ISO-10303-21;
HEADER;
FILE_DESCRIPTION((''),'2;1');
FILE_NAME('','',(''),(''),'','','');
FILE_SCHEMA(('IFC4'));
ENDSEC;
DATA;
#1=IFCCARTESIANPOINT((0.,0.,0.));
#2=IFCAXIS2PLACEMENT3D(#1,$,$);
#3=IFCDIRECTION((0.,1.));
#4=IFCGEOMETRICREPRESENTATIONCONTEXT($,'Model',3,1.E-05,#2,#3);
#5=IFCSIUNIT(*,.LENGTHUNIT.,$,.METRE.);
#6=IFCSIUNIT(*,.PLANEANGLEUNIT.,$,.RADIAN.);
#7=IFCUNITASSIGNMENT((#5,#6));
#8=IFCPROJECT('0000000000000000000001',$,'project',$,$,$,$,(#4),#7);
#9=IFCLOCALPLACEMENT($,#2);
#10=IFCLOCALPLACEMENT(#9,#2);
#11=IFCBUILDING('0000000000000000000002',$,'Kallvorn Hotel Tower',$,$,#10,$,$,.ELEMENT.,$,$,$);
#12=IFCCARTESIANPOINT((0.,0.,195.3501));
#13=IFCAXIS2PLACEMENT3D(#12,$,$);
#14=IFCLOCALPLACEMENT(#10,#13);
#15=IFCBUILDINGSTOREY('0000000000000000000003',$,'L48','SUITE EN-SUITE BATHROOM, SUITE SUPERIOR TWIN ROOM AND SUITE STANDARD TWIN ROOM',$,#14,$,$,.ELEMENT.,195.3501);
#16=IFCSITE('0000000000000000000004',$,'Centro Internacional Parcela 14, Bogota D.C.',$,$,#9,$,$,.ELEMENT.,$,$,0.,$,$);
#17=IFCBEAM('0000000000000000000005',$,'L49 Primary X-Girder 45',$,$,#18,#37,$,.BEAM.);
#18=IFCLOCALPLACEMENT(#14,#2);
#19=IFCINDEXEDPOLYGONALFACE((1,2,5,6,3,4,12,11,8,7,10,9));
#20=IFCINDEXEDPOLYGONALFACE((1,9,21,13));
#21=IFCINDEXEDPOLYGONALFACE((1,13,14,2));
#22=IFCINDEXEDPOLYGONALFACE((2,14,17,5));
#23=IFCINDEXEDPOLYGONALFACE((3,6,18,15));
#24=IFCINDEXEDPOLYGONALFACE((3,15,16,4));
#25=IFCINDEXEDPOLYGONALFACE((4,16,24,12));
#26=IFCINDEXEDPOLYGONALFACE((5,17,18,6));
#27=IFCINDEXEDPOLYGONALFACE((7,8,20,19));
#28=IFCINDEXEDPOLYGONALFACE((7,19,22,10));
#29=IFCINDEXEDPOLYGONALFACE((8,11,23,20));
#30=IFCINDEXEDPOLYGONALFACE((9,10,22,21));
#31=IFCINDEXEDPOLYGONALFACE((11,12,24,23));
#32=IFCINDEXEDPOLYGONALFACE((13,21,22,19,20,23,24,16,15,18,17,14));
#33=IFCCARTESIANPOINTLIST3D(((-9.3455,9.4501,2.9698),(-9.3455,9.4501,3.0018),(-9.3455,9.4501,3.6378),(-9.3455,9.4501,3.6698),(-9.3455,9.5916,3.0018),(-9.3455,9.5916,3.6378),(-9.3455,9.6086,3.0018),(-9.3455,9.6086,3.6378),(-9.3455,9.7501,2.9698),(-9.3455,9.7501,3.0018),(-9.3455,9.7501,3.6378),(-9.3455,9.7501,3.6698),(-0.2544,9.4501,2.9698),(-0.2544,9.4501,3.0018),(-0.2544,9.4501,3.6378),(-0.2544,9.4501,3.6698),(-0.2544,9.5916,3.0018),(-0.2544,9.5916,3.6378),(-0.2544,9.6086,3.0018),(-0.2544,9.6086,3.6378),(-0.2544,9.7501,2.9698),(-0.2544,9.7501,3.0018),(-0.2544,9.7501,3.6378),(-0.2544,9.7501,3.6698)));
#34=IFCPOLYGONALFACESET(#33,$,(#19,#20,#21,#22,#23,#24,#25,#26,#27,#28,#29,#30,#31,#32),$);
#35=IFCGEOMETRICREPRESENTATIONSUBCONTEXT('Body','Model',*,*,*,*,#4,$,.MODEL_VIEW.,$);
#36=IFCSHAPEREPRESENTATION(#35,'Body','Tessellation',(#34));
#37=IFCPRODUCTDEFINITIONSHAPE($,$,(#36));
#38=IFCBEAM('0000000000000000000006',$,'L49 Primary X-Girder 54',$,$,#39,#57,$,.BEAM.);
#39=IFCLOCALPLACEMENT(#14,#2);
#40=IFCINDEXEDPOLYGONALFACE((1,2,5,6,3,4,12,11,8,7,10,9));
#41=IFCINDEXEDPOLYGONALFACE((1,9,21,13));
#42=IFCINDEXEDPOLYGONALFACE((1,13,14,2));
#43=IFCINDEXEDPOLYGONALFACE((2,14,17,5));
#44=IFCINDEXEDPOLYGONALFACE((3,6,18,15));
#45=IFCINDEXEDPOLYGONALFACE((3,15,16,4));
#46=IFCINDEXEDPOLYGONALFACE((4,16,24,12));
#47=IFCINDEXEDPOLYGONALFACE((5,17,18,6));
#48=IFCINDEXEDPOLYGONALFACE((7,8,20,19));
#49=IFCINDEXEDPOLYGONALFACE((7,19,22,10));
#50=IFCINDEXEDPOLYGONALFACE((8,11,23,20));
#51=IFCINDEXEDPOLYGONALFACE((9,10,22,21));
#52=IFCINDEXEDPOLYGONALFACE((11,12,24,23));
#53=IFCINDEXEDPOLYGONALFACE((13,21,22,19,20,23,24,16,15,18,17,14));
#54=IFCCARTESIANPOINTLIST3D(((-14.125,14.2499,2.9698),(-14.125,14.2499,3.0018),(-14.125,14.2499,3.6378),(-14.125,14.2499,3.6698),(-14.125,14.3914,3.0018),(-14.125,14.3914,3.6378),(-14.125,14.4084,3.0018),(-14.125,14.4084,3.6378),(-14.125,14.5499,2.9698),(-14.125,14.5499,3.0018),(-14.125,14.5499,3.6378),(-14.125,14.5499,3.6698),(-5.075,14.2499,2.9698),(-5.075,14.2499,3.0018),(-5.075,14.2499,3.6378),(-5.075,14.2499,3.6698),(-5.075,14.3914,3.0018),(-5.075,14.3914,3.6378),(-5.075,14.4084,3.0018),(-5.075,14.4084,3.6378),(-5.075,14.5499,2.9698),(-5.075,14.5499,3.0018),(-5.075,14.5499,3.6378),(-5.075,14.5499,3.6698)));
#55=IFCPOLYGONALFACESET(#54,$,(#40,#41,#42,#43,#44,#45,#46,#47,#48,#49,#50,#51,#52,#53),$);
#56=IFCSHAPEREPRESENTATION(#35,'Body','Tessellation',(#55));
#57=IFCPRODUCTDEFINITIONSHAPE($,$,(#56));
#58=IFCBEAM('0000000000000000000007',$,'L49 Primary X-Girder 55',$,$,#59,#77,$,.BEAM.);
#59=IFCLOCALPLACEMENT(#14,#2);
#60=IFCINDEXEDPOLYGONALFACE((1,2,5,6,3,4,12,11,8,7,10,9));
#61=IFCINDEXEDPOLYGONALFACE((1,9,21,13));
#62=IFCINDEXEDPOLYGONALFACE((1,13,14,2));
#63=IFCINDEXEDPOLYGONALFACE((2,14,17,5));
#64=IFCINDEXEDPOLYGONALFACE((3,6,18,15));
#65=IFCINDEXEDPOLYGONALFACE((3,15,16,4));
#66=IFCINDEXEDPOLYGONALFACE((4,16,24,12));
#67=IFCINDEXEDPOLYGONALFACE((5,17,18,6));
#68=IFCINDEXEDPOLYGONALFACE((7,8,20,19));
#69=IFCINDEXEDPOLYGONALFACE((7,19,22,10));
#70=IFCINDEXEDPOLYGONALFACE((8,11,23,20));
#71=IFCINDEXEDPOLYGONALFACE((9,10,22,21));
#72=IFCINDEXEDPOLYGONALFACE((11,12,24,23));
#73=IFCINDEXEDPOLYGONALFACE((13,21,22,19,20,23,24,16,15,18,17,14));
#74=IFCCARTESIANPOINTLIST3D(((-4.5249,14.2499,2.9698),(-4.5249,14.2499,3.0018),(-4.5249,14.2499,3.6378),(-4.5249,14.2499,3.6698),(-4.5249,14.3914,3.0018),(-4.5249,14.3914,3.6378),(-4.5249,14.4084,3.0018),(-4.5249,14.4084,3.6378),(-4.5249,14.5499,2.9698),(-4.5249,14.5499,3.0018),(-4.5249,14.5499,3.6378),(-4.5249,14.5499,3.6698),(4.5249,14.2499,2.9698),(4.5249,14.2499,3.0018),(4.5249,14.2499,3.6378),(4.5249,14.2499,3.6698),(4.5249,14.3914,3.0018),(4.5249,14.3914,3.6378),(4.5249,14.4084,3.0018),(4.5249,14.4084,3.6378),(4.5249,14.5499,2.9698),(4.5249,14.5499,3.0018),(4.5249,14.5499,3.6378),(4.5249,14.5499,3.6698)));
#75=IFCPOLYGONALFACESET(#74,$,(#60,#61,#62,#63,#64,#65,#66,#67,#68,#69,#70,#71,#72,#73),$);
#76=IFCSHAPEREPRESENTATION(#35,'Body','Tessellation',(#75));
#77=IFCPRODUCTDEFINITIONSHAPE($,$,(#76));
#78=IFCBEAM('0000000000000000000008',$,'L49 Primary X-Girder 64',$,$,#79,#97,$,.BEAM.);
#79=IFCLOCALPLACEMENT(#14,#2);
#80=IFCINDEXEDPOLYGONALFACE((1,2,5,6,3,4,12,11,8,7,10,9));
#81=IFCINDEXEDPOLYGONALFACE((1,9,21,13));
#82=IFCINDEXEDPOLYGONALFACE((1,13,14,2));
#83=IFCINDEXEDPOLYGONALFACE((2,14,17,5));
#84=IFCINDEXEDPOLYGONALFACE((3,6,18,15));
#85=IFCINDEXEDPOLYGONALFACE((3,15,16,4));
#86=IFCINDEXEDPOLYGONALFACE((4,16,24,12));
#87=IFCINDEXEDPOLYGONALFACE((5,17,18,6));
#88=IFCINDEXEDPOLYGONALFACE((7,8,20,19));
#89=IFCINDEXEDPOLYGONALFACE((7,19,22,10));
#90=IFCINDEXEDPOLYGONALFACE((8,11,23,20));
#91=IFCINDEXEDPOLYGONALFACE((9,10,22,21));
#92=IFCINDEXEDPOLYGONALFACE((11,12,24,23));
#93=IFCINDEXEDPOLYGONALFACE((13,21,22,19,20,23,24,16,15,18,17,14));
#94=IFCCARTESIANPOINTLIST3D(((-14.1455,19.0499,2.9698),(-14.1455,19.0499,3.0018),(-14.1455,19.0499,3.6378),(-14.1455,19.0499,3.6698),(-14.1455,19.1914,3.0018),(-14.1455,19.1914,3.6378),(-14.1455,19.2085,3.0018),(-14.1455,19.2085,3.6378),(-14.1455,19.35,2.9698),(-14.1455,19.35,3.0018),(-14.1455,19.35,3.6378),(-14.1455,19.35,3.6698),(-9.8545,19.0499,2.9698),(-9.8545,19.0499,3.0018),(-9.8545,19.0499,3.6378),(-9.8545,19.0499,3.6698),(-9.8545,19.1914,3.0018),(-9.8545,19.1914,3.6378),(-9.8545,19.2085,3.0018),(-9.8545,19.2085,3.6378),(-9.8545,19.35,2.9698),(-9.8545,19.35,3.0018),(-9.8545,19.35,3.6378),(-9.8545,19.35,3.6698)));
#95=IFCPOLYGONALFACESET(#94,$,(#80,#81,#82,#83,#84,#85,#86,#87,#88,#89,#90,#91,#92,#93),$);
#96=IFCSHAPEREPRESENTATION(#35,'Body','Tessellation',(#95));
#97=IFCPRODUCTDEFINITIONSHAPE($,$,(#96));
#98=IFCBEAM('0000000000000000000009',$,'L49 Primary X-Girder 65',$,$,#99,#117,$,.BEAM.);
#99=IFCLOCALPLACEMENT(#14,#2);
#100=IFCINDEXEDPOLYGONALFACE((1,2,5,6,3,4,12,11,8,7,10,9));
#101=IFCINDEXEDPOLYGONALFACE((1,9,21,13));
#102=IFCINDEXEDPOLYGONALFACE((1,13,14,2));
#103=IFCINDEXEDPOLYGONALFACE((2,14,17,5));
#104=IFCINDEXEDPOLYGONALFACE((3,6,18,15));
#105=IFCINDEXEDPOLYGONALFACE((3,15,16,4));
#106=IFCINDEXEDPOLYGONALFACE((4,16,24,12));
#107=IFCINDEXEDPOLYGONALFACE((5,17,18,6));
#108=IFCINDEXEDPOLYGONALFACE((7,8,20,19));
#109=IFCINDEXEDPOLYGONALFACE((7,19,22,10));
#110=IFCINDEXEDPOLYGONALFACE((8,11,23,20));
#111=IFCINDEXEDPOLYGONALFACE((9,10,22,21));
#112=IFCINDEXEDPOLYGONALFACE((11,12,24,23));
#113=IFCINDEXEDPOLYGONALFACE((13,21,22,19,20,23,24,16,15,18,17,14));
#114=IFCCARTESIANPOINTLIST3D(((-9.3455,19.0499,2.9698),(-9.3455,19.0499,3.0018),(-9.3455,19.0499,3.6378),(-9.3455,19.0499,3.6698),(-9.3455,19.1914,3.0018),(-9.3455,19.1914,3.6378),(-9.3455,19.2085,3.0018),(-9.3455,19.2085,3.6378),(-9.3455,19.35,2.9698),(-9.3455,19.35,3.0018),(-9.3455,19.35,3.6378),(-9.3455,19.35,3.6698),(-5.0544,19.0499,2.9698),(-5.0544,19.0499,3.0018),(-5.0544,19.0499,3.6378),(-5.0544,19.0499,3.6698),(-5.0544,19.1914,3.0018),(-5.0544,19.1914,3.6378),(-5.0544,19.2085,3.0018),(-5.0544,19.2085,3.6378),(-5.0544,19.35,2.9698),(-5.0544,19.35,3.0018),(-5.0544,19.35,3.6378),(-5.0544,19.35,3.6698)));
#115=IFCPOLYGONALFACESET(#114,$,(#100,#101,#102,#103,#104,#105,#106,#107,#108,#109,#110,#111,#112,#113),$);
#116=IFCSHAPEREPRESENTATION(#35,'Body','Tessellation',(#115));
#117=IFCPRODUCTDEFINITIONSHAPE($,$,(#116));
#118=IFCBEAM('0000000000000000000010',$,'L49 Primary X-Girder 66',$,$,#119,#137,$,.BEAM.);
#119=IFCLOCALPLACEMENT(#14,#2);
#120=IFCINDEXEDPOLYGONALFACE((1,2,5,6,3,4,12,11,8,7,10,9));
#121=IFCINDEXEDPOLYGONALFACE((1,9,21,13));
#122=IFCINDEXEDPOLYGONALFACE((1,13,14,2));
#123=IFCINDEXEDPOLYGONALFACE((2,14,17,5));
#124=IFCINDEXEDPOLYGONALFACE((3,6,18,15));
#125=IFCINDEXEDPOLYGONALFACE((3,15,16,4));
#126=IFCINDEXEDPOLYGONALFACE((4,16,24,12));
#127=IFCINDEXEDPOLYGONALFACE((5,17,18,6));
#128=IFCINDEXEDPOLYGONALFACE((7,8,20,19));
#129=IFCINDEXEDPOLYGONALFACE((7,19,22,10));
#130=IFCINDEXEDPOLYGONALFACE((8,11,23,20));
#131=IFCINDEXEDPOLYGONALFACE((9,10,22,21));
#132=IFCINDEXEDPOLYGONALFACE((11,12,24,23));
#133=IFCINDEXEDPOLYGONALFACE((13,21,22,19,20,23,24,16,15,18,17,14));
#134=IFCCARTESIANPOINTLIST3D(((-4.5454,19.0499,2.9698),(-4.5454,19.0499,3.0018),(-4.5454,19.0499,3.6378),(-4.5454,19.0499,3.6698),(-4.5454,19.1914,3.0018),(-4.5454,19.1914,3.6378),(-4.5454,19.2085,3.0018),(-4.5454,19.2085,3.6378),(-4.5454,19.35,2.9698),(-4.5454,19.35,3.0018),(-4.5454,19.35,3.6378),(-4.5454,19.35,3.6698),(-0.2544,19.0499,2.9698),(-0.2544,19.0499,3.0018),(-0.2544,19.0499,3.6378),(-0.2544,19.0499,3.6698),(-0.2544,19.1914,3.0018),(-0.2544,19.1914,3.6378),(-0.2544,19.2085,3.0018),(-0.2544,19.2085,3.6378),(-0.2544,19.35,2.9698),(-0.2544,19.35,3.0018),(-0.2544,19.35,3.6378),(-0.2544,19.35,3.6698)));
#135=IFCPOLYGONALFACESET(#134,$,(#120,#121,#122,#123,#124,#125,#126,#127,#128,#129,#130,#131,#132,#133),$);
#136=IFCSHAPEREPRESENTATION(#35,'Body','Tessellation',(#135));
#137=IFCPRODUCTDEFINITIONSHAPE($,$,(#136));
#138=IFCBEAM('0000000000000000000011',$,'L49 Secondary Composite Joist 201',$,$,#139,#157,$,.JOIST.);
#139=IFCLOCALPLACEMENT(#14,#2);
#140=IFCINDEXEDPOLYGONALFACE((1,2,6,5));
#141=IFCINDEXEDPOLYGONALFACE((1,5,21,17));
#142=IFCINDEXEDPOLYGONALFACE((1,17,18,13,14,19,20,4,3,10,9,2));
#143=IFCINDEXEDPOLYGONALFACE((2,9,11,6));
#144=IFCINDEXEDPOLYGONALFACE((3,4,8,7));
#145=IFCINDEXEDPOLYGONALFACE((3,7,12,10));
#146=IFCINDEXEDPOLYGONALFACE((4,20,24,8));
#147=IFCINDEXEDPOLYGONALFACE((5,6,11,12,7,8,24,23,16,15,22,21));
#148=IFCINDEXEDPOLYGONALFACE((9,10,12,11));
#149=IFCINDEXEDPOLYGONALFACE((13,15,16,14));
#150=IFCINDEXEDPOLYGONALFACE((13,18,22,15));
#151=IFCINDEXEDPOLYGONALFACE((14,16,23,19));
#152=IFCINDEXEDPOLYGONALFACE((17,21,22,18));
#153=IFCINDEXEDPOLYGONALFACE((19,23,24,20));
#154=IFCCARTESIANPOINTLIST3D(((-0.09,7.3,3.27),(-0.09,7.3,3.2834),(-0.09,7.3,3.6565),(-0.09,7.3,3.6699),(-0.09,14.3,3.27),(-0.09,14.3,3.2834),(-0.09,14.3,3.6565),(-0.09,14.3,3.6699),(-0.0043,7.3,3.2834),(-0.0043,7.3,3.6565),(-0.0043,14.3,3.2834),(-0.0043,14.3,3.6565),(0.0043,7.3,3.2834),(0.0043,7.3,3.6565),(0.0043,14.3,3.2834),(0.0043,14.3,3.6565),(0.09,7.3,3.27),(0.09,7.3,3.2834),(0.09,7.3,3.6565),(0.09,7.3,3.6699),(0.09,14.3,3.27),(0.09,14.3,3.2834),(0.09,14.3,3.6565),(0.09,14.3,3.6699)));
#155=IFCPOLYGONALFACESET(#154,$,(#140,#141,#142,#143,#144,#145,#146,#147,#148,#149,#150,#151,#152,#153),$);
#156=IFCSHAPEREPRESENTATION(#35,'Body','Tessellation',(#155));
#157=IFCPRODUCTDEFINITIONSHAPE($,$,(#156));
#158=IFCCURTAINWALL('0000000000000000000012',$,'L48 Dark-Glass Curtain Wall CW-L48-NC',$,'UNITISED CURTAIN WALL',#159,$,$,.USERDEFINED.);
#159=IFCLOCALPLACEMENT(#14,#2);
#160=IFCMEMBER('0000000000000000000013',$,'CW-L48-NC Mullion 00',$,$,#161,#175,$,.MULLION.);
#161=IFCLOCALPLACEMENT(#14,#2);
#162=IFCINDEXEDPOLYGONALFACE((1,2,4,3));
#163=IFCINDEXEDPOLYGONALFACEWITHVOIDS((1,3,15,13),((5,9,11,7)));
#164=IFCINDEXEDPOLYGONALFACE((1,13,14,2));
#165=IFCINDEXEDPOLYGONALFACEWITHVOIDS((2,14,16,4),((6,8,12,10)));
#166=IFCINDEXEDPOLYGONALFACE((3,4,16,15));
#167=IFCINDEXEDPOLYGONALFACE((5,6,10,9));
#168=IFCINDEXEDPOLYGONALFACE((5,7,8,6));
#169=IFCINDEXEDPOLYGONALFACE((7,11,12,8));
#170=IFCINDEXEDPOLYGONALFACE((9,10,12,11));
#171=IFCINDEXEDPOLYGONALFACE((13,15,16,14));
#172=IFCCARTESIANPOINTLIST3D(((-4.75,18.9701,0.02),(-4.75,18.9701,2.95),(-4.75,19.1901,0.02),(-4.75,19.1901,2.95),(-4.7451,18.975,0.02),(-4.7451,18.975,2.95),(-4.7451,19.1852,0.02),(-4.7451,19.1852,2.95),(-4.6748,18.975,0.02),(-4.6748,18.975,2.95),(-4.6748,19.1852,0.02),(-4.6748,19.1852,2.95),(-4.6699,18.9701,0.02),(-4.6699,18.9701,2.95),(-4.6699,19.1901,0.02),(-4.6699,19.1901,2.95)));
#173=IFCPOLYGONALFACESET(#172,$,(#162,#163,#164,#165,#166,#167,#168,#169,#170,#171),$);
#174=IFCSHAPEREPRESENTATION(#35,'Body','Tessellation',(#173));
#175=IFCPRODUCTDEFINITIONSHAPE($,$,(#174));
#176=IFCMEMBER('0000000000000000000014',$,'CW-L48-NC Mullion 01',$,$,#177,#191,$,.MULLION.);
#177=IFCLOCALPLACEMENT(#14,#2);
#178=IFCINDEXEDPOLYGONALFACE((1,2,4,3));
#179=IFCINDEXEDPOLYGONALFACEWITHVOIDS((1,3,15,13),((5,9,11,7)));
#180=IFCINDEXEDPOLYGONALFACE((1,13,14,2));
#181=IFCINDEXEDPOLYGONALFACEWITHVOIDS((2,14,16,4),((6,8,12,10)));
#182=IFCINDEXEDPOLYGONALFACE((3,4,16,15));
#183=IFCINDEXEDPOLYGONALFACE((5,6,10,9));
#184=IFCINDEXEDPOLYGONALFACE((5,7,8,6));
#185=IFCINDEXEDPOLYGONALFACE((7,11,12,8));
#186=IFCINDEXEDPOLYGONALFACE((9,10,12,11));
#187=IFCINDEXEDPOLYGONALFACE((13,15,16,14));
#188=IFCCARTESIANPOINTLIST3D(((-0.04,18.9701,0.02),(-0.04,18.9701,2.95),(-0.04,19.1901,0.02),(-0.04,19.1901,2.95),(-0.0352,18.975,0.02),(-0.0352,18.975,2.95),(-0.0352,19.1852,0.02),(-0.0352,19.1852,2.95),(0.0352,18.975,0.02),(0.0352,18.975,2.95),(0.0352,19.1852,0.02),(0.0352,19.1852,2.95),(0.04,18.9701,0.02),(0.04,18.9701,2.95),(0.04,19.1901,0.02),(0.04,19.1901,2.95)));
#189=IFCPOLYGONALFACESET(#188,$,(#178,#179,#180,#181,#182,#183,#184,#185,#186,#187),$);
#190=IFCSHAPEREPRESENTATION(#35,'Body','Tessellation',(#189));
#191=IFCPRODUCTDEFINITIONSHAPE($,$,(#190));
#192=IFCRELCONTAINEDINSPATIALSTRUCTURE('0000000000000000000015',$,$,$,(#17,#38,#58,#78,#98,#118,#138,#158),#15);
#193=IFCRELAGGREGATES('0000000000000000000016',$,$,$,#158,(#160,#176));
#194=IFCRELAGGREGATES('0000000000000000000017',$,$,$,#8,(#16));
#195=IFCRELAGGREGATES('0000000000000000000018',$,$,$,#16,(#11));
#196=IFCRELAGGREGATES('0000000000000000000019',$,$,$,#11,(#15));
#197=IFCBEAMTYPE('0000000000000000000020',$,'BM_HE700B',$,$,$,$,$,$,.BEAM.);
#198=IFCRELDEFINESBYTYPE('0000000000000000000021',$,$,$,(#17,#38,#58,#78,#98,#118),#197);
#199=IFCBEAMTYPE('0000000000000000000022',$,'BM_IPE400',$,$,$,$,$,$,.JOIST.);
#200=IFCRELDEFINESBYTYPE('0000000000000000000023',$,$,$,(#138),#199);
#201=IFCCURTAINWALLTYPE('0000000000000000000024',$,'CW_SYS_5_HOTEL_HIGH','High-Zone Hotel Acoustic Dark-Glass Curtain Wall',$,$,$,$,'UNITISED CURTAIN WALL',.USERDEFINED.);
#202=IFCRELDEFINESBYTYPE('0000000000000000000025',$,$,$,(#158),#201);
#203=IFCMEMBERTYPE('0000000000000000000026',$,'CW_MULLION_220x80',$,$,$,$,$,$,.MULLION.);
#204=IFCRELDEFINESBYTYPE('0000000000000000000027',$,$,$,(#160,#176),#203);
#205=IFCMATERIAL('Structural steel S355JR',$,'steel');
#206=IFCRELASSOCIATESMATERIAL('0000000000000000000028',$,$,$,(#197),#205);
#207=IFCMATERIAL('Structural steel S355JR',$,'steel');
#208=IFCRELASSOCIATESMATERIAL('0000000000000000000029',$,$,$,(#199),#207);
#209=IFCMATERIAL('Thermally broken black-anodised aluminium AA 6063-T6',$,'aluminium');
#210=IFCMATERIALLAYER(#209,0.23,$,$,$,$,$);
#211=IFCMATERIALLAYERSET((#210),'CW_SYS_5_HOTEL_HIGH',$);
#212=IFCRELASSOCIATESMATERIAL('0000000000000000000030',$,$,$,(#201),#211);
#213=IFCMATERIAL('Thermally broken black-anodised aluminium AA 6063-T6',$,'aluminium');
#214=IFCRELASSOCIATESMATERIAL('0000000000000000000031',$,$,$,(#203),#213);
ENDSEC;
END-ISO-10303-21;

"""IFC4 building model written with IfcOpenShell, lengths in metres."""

from ifc_helpers import new_model, si_unit, direction, frame, origin, origin_2d, place, context, subcontext, project, spatial, hollow_rectangle, i_section, extrude, material, layer, layer_set, material_profile, profile_set, type_object, element, aggregate, save


model = new_model("IFC4")

# Units and contexts
model_context = context("Model", 3, precision=1e-05, world=origin(), true_north=direction((0.0, 1.0)))
body_context = subcontext(model_context, "Body", "Model", "MODEL_VIEW")
ifc_project = project(units=[si_unit("LENGTHUNIT", "METRE"), si_unit("PLANEANGLEUNIT", "RADIAN")], contexts=[model_context])

# Site, building, storey
site_placement = place(None, origin())
site = spatial("IfcSite", under=ifc_project, at=site_placement, Name="Centro Internacional Parcela 14, Bogota D.C.", CompositionType="ELEMENT", RefElevation=0.0)
building_placement = place(site_placement, origin())
building = spatial("IfcBuilding", under=site, at=building_placement, Name="Kallvorn Hotel Tower", CompositionType="ELEMENT")
storey_placement = place(building_placement, frame((0.0, 0.0, 195.3501)))
storey = spatial("IfcBuildingStorey", under=building, at=storey_placement, Name="L48", Description="SUITE EN-SUITE BATHROOM, SUITE SUPERIOR TWIN ROOM AND SUITE STANDARD TWIN ROOM", CompositionType="ELEMENT", Elevation=195.3501)

# Beams
ifc_material_1 = material(Name="Structural steel S355JR", Category="steel")
ifc_material_profile_1 = material_profile(ifc_material_1, i_section(OverallWidth=0.3, OverallDepth=0.7, WebThickness=0.0171, FlangeThickness=0.032, at=origin_2d()), Name="HE 700 B")
ifc_profile_set_1 = profile_set([ifc_material_profile_1], Name="Structural steel S355JR")
beam_type_1 = type_object("IfcBeamType", Name="BM_HE700B", PredefinedType="BEAM", material=ifc_profile_set_1)
beam_1_placement = place(storey_placement, frame((-9.3455, 9.6001, 3.3198), z_axis=(1.0, 0.0, 0.0), x_axis=(0.0, 1.0, 0.0)))
element("IfcBeam", 1, at=beam_1_placement, inside=storey, type_object=beam_type_1, Name="L49 Primary X-Girder 45", PredefinedType="BEAM", context=body_context, shape_type="SweptSolid", body=[
    extrude(i_section(OverallWidth=0.3, OverallDepth=0.7, WebThickness=0.0171, FlangeThickness=0.032, at=origin_2d()), origin(), (0.0, 0.0, 1.0), 9.0911),
])
beam_2_placement = place(storey_placement, frame((-14.125, 14.3999, 3.3198), z_axis=(1.0, 0.0, 0.0), x_axis=(0.0, 1.0, 0.0)))
element("IfcBeam", 2, at=beam_2_placement, inside=storey, type_object=beam_type_1, Name="L49 Primary X-Girder 54", PredefinedType="BEAM", context=body_context, shape_type="SweptSolid", body=[
    extrude(i_section(OverallWidth=0.3, OverallDepth=0.7, WebThickness=0.0171, FlangeThickness=0.032, at=origin_2d()), origin(), (0.0, 0.0, 1.0), 9.05),
])
beam_3_placement = place(storey_placement, frame((-4.5249, 14.3999, 3.3198), z_axis=(1.0, 0.0, 0.0), x_axis=(0.0, 1.0, 0.0)))
element("IfcBeam", 3, at=beam_3_placement, inside=storey, type_object=beam_type_1, Name="L49 Primary X-Girder 55", PredefinedType="BEAM", context=body_context, shape_type="SweptSolid", body=[
    extrude(i_section(OverallWidth=0.3, OverallDepth=0.7, WebThickness=0.0171, FlangeThickness=0.032, at=origin_2d()), origin(), (0.0, 0.0, 1.0), 9.0498),
])
for number, where, z_axis, x_axis, name in (
    (4, (-14.1455, 19.2, 3.3198), (1.0, 0.0, 0.0), (0.0, 1.0, 0.0), "L49 Primary X-Girder 64"),
    (5, (-9.3455, 19.2, 3.3198), (1.0, 0.0, 0.0), (0.0, 1.0, 0.0), "L49 Primary X-Girder 65"),
    (6, (-4.5454, 19.2, 3.3198), (1.0, 0.0, 0.0), (0.0, 1.0, 0.0), "L49 Primary X-Girder 66"),
):
    element("IfcBeam", number, at=place(storey_placement, frame(where, z_axis=z_axis, x_axis=x_axis)), inside=storey, type_object=beam_type_1, Name=name, PredefinedType="BEAM", context=body_context, shape_type="SweptSolid", body=[
        extrude(i_section(OverallWidth=0.3, OverallDepth=0.7, WebThickness=0.0171, FlangeThickness=0.032, at=origin_2d()), origin(), (0.0, 0.0, 1.0), 4.291),
    ])
ifc_material_2 = material(Name="Structural steel S355JR", Category="steel")
ifc_material_profile_2 = material_profile(ifc_material_2, i_section(OverallWidth=0.1799, OverallDepth=0.3999, WebThickness=0.0085, FlangeThickness=0.0134, at=origin_2d()), Name="IPE 400")
ifc_profile_set_2 = profile_set([ifc_material_profile_2], Name="Structural steel S355JR")
beam_type_2 = type_object("IfcBeamType", Name="BM_IPE400", PredefinedType="JOIST", material=ifc_profile_set_2)
beam_4_placement = place(storey_placement, frame((0.0, 7.3, 3.47), z_axis=(0.0, 1.0, 0.0), x_axis=(-1.0, 0.0, 0.0)))
element("IfcBeam", 7, at=beam_4_placement, inside=storey, type_object=beam_type_2, Name="L49 Secondary Composite Joist 201", PredefinedType="JOIST", context=body_context, shape_type="SweptSolid", body=[
    extrude(i_section(OverallWidth=0.1799, OverallDepth=0.3999, WebThickness=0.0085, FlangeThickness=0.0134, at=origin_2d()), origin(), (0.0, 0.0, 1.0), 7.0),
])

# Curtain wall, members
ifc_material_3 = material(Name="Thermally broken black-anodised aluminium AA 6063-T6", Category="aluminium")
ifc_layer_1 = layer(ifc_material_3, 0.23)
ifc_layer_set_1 = layer_set([ifc_layer_1], Name="CW_SYS_5_HOTEL_HIGH")
curtain_wall_type = type_object("IfcCurtainWallType", Name="CW_SYS_5_HOTEL_HIGH", Description="High-Zone Hotel Acoustic Dark-Glass Curtain Wall", ElementType="UNITISED CURTAIN WALL", PredefinedType="USERDEFINED", material=ifc_layer_set_1)
curtain_wall_placement = place(storey_placement, origin())
curtain_wall = element("IfcCurtainWall", 8, at=curtain_wall_placement, inside=storey, type_object=curtain_wall_type, Name="L48 Dark-Glass Curtain Wall CW-L48-NC", ObjectType="UNITISED CURTAIN WALL", PredefinedType="USERDEFINED")
ifc_material_4 = material(Name="Thermally broken black-anodised aluminium AA 6063-T6", Category="aluminium")
ifc_material_profile_3 = material_profile(ifc_material_4, hollow_rectangle(XDim=0.0801, YDim=0.22, WallThickness=0.0049, at=origin_2d()), Name="MUL 220x80")
ifc_profile_set_3 = profile_set([ifc_material_profile_3], Name="Thermally broken black-anodised aluminium AA 6063-T6")
member_type_1 = type_object("IfcMemberType", Name="CW_MULLION_220x80", PredefinedType="MULLION", material=ifc_profile_set_3)
member_1_placement = place(storey_placement, frame((-4.71, 19.0801, 0.02), z_axis=(0.0, 0.0, 1.0), x_axis=(1.0, 0.0, 0.0)))
member_1 = element("IfcMember", 9, at=member_1_placement, type_object=member_type_1, Name="CW-L48-NC Mullion 00", PredefinedType="MULLION", context=body_context, shape_type="SweptSolid", body=[
    extrude(hollow_rectangle(XDim=0.0801, YDim=0.22, WallThickness=0.0049, at=origin_2d()), origin(), (0.0, 0.0, 1.0), 2.9299),
])
member_2_placement = place(storey_placement, frame((0.0, 19.0801, 0.02), z_axis=(0.0, 0.0, 1.0), x_axis=(1.0, 0.0, 0.0)))
member_2 = element("IfcMember", 10, at=member_2_placement, type_object=member_type_1, Name="CW-L48-NC Mullion 01", PredefinedType="MULLION", context=body_context, shape_type="SweptSolid", body=[
    extrude(hollow_rectangle(XDim=0.0801, YDim=0.22, WallThickness=0.0049, at=origin_2d()), origin(), (0.0, 0.0, 1.0), 2.9299),
])
aggregate(curtain_wall, [member_1, member_2])

save(model, "model.ifc")
